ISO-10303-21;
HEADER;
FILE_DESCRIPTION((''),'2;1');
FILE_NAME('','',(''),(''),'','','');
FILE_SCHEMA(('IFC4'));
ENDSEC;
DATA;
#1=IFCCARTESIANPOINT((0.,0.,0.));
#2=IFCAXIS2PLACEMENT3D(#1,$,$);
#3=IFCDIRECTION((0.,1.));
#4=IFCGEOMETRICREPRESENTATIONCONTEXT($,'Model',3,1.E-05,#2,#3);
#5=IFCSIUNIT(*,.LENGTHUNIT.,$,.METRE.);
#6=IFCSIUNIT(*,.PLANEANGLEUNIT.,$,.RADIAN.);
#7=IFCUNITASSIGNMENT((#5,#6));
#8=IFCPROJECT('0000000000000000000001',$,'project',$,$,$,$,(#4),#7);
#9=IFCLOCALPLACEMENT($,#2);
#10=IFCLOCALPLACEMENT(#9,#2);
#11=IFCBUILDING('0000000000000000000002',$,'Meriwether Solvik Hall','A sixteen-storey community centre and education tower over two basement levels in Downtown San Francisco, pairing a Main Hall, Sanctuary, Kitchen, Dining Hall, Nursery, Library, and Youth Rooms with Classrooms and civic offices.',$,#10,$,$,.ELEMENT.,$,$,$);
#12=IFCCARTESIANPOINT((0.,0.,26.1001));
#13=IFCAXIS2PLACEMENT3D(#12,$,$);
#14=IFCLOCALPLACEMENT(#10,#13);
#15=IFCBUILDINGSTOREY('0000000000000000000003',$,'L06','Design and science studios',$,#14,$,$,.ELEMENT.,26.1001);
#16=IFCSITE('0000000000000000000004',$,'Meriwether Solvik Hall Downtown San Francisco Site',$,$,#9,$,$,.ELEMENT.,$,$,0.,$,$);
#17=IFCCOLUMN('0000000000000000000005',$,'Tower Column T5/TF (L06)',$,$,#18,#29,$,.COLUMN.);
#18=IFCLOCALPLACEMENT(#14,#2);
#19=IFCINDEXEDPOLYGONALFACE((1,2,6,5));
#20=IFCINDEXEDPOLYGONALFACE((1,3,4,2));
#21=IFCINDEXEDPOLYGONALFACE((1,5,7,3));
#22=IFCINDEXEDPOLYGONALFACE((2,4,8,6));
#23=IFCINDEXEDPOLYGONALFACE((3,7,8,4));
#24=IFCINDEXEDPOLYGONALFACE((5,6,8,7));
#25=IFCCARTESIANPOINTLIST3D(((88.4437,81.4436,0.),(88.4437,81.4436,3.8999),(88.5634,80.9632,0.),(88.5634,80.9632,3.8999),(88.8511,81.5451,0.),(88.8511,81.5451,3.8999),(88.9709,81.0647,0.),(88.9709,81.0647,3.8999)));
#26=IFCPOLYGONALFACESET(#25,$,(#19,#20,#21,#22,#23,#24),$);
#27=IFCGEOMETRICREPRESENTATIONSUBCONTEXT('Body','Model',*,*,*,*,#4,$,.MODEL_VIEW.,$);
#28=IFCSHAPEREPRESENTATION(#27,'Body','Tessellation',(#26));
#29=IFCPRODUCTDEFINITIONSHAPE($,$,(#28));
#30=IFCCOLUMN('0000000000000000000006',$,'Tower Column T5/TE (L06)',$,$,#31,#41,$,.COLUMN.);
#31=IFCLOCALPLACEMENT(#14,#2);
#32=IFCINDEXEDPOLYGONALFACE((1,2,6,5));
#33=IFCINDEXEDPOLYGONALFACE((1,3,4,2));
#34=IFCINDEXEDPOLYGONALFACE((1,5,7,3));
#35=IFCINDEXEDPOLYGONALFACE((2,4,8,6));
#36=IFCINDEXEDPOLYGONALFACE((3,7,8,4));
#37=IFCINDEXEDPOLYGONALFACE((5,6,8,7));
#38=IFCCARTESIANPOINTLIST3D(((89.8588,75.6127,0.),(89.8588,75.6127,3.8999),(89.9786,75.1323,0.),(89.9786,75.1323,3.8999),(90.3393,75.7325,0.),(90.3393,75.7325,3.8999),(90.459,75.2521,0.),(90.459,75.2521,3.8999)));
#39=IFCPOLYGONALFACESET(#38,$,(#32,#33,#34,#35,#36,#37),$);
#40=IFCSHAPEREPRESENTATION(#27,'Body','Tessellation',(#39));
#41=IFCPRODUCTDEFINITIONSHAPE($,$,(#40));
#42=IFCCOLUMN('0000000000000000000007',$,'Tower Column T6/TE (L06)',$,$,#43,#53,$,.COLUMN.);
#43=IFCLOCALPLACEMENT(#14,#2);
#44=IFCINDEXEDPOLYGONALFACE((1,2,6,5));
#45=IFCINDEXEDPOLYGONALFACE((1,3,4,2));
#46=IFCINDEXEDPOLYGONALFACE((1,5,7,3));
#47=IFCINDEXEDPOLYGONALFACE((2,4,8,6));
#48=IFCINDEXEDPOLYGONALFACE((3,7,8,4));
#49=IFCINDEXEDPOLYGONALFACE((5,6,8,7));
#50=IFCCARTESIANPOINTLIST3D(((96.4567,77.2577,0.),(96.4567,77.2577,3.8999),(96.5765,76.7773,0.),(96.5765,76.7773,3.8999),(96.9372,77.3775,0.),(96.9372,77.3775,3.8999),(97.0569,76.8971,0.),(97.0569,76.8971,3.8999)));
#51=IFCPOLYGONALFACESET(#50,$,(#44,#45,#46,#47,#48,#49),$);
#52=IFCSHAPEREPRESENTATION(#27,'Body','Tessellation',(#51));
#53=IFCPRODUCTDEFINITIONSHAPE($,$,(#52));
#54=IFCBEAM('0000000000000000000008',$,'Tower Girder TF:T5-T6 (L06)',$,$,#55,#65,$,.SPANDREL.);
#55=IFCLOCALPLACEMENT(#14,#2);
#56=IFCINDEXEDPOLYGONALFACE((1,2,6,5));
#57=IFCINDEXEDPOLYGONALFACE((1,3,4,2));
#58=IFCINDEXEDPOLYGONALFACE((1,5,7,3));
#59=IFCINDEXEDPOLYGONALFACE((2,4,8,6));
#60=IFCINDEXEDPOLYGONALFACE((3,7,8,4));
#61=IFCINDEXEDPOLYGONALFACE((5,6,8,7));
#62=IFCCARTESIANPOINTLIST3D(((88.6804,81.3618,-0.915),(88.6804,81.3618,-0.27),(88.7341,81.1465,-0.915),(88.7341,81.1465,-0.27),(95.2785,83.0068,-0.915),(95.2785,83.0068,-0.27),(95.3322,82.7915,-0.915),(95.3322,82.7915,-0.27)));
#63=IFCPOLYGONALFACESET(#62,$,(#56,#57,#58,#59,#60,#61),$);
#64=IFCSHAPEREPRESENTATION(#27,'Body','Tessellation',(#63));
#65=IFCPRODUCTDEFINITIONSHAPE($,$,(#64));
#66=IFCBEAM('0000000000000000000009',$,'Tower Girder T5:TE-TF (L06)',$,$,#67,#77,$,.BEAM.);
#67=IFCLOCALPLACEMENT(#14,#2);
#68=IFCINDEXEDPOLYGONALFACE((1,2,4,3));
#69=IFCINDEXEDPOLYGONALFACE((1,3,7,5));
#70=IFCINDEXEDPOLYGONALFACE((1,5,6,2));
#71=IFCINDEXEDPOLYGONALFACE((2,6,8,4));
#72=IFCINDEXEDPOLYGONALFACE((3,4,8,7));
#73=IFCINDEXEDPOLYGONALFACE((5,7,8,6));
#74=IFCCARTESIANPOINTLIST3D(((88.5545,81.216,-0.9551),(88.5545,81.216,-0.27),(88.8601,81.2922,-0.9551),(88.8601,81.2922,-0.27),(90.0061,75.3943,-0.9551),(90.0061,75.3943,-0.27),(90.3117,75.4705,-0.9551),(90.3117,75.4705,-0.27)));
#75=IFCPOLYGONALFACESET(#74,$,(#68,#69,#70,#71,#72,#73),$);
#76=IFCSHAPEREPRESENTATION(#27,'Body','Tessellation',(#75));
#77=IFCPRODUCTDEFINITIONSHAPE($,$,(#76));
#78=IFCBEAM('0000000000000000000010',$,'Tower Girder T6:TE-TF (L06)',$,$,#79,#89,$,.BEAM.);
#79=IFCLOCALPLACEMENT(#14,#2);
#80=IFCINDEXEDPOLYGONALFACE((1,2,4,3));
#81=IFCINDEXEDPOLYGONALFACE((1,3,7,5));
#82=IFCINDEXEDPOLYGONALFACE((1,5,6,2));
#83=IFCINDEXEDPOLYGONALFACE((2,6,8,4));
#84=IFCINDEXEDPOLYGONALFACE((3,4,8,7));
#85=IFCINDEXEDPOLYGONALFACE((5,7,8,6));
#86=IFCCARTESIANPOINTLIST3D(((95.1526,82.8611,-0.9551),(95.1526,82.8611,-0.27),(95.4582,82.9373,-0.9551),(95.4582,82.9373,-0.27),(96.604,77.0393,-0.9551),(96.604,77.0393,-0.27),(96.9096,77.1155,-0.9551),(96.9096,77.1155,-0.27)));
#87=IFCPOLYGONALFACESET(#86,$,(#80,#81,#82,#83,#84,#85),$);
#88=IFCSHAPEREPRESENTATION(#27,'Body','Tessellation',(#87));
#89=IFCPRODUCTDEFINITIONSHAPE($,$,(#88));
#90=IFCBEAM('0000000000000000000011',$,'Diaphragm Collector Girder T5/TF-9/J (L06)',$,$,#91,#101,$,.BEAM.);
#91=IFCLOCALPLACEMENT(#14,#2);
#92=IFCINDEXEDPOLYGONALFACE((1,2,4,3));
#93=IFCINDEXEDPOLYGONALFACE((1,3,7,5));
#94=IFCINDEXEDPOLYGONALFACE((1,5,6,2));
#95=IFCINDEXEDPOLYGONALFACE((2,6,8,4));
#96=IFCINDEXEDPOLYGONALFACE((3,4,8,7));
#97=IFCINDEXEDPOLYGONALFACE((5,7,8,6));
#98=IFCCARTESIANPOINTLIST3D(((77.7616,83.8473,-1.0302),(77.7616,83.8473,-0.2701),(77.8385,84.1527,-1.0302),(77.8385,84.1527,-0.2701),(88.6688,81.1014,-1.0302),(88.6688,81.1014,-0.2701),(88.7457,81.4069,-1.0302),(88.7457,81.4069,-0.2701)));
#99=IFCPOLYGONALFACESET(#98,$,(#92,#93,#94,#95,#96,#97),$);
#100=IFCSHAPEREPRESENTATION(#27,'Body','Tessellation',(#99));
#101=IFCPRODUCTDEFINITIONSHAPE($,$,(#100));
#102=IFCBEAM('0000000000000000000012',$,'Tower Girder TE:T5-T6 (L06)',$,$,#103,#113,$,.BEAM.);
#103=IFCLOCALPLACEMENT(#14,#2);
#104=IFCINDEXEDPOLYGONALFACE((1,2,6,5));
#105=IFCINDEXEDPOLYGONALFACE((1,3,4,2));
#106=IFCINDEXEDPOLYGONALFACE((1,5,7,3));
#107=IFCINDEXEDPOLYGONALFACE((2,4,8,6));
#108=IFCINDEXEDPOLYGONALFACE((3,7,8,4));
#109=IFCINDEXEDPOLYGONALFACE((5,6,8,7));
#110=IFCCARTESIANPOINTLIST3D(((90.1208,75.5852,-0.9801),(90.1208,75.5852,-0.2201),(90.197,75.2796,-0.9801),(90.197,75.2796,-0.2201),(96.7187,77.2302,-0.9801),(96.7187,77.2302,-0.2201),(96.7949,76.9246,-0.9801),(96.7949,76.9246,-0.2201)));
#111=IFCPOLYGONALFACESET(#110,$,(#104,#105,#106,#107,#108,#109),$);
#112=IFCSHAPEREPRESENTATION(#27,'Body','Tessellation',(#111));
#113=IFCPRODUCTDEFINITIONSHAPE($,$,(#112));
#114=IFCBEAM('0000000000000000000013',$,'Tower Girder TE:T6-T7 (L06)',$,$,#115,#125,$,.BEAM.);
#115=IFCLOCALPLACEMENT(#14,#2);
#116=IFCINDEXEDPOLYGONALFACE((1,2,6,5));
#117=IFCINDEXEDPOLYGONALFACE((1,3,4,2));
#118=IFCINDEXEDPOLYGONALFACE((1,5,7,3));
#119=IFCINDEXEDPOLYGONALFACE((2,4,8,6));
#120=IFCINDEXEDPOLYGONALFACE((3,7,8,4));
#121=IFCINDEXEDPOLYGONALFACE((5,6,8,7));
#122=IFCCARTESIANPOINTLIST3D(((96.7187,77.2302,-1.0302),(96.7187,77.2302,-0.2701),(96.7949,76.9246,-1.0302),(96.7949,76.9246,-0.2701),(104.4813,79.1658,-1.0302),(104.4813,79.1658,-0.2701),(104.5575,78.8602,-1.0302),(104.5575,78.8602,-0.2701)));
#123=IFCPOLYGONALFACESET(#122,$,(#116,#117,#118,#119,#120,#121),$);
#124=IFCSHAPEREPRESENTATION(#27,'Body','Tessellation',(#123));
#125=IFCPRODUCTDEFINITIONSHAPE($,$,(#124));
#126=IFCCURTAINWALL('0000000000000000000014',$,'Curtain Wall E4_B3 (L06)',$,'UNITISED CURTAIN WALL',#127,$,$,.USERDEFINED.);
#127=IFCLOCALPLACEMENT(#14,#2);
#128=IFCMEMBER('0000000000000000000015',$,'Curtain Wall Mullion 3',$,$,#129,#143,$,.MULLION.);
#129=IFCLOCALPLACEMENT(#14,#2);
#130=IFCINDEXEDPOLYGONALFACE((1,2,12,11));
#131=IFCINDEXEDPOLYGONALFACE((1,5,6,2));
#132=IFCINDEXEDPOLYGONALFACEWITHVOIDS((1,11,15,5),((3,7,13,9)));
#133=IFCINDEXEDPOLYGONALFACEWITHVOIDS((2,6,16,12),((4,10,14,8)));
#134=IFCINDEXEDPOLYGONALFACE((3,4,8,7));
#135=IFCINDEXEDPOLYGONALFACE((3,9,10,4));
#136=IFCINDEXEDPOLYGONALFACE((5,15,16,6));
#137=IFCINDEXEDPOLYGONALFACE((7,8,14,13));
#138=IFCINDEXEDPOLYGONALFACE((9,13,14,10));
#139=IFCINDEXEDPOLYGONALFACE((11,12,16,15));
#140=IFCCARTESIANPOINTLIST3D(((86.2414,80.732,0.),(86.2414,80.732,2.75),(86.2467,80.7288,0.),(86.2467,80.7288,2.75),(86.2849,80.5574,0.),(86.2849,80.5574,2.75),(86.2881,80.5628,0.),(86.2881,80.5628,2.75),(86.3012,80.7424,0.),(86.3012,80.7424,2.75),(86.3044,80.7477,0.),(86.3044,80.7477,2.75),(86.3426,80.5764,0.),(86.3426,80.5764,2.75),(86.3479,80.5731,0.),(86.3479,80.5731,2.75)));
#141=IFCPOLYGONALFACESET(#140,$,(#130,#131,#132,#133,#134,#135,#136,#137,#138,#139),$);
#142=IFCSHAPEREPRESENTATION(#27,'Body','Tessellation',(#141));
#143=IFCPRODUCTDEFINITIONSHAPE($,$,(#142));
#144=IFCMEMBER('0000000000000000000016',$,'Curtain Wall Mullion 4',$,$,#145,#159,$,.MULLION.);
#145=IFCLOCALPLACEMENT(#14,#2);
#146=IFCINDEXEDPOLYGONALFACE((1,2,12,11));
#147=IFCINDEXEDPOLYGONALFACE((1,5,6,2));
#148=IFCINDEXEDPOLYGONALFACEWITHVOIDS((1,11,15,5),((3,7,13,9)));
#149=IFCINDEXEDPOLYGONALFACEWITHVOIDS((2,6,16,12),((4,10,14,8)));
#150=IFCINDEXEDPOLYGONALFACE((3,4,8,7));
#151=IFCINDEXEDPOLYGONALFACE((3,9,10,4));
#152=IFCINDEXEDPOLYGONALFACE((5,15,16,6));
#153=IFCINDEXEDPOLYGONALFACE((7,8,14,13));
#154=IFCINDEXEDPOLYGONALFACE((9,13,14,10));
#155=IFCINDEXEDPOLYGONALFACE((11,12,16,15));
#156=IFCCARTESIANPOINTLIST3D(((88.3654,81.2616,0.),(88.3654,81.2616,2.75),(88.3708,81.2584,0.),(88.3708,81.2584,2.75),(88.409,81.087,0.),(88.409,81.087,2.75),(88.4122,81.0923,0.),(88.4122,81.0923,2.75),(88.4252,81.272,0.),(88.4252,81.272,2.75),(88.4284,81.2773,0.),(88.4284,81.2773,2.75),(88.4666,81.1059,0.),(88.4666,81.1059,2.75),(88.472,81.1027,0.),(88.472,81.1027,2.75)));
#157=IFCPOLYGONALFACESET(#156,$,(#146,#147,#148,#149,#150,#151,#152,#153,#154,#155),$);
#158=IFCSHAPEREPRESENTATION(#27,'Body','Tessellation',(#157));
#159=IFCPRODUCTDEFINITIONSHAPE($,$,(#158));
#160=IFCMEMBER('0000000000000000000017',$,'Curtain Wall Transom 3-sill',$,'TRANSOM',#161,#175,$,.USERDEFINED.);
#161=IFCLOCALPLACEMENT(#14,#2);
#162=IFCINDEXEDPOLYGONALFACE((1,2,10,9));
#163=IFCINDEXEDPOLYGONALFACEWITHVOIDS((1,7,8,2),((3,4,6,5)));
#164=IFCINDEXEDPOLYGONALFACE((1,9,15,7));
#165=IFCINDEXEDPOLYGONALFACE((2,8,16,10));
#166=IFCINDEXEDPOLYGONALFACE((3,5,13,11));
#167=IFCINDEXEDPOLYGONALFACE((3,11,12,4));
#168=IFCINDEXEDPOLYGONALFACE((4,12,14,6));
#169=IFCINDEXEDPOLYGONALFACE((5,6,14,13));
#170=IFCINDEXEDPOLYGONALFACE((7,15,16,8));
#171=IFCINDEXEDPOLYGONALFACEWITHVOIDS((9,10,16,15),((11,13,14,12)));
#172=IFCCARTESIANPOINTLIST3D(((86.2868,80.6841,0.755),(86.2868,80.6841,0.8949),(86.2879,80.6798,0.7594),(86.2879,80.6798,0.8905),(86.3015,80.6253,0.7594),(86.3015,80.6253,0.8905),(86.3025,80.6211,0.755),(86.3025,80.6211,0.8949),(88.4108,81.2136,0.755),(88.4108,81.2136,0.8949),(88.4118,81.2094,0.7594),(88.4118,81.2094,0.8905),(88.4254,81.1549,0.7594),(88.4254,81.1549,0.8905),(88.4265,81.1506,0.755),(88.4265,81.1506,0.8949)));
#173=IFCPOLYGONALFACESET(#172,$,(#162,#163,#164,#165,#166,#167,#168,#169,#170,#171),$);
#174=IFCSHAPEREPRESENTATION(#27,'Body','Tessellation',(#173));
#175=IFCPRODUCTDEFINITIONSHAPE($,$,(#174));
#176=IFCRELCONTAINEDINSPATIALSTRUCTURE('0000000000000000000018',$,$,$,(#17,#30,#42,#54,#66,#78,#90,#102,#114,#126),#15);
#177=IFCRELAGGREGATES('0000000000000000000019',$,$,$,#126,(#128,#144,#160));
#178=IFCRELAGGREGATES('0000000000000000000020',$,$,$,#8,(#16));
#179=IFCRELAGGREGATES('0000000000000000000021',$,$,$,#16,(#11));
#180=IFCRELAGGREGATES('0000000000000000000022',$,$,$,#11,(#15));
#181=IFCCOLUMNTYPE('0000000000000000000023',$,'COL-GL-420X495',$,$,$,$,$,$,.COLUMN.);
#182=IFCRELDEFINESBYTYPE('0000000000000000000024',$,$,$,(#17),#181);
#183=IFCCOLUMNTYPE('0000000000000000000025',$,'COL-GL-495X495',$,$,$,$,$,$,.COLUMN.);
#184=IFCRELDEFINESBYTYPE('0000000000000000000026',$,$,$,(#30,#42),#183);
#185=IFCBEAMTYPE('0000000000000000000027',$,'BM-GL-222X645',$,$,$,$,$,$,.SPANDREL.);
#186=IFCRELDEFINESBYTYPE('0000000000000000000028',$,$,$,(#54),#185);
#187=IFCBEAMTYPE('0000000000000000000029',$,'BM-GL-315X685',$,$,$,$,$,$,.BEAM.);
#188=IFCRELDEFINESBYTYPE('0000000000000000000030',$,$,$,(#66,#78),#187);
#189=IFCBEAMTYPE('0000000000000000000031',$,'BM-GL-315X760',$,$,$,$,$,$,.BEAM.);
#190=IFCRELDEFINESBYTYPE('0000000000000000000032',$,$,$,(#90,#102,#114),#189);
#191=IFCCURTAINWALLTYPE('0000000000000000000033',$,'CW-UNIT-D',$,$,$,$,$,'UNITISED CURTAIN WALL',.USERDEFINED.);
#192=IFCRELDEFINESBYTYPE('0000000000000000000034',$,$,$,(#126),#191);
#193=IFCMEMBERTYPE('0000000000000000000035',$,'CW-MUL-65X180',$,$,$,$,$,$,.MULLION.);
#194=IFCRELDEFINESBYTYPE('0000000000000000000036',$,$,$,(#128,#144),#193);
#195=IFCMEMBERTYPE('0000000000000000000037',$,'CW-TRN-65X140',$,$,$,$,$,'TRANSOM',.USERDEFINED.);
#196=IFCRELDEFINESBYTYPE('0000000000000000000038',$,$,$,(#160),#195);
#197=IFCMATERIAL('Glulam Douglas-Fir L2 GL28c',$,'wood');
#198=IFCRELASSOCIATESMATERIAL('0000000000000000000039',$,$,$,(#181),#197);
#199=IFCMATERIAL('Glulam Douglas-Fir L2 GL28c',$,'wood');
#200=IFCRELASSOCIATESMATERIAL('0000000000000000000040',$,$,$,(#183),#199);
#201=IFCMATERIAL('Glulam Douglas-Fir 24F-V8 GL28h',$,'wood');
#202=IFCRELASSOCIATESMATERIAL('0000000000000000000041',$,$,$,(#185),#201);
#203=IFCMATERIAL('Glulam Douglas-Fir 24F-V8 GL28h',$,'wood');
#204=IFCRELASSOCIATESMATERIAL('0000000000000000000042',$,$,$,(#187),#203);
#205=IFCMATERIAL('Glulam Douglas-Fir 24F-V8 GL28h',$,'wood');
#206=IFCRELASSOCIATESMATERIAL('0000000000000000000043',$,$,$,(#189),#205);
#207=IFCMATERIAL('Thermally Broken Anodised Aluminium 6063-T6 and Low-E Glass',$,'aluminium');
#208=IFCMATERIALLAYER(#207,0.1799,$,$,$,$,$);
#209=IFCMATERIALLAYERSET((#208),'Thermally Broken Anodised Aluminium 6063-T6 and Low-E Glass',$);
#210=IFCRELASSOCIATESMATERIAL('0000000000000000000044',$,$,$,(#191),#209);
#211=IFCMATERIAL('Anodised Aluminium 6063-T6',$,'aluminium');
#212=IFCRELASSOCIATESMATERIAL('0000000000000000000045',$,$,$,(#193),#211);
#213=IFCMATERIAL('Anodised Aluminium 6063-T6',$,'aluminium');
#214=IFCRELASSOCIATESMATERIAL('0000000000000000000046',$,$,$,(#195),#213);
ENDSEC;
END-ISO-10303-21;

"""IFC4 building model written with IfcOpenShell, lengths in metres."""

from ifc_helpers import new_model, si_unit, direction, frame, origin, origin_2d, place, context, subcontext, project, spatial, rectangle, hollow_rectangle, extrude, material, layer, layer_set, material_profile, profile_set, type_object, element, aggregate, save


model = new_model("IFC4")

# Units and contexts
model_context = context("Model", 3, precision=1e-05, world=origin(), true_north=direction((0.0, 1.0)))
body_context = subcontext(model_context, "Body", "Model", "MODEL_VIEW")
ifc_project = project(units=[si_unit("LENGTHUNIT", "METRE"), si_unit("PLANEANGLEUNIT", "RADIAN")], contexts=[model_context])

# Site, building, storey
site_placement = place(None, origin())
site = spatial("IfcSite", under=ifc_project, at=site_placement, Name="Meriwether Solvik Hall Downtown San Francisco Site", CompositionType="ELEMENT", RefElevation=0.0)
building_placement = place(site_placement, origin())
building = spatial("IfcBuilding", under=site, at=building_placement, Name="Meriwether Solvik Hall", Description="A sixteen-storey community centre and education tower over two basement levels in Downtown San Francisco, pairing a Main Hall, Sanctuary, Kitchen, Dining Hall, Nursery, Library, and Youth Rooms with Classrooms and civic offices.", CompositionType="ELEMENT")
storey_placement = place(building_placement, frame((0.0, 0.0, 26.1001)))
storey = spatial("IfcBuildingStorey", under=building, at=storey_placement, Name="L06", Description="Design and science studios", CompositionType="ELEMENT", Elevation=26.1001)

# Columns
ifc_material_1 = material(Name="Glulam Douglas-Fir L2 GL28c", Category="wood")
ifc_material_profile_1 = material_profile(ifc_material_1, rectangle(XDim=0.4199, YDim=0.4951, at=origin_2d()), Name="GLC-420X495")
ifc_profile_set_1 = profile_set([ifc_material_profile_1], Name="Glulam Douglas-Fir L2 GL28c")
column_type_1 = type_object("IfcColumnType", Name="COL-GL-420X495", PredefinedType="COLUMN", material=ifc_profile_set_1)
column_placement = place(storey_placement, frame((88.7073, 81.2542, 0.0), z_axis=(0.0, 0.0, 1.0), x_axis=(0.970296, 0.241922, 0.0)))
element("IfcColumn", 1, at=column_placement, inside=storey, type_object=column_type_1, Name="Tower Column T5/TF (L06)", PredefinedType="COLUMN", context=body_context, shape_type="SweptSolid", body=[
    extrude(rectangle(XDim=0.4199, YDim=0.4951, at=origin_2d()), origin(), (0.0, 0.0, 1.0), 3.8999),
])
ifc_material_2 = material(Name="Glulam Douglas-Fir L2 GL28c", Category="wood")
ifc_material_profile_2 = material_profile(ifc_material_2, rectangle(XDim=0.4951, YDim=0.4951, at=origin_2d()), Name="GLC-495X495")
ifc_profile_set_2 = profile_set([ifc_material_profile_2], Name="Glulam Douglas-Fir L2 GL28c")
column_type_2 = type_object("IfcColumnType", Name="COL-GL-495X495", PredefinedType="COLUMN", material=ifc_profile_set_2)
for number, where, z_axis, x_axis, name in (
    (2, (90.1589, 75.4324, 0.0), (0.0, 0.0, 1.0), (0.970296, 0.241922, 0.0), "Tower Column T5/TE (L06)"),
    (3, (96.7568, 77.0774, 0.0), (0.0, 0.0, 1.0), (0.970296, 0.241922, 0.0), "Tower Column T6/TE (L06)"),
):
    element("IfcColumn", number, at=place(storey_placement, frame(where, z_axis=z_axis, x_axis=x_axis)), inside=storey, type_object=column_type_2, Name=name, PredefinedType="COLUMN", context=body_context, shape_type="SweptSolid", body=[
        extrude(rectangle(XDim=0.4951, YDim=0.4951, at=origin_2d()), origin(), (0.0, 0.0, 1.0), 3.8999),
    ])

# Beams
ifc_material_3 = material(Name="Glulam Douglas-Fir 24F-V8 GL28h", Category="wood")
ifc_material_profile_3 = material_profile(ifc_material_3, rectangle(XDim=0.2219, YDim=0.645, at=origin_2d()), Name="GLB-222X645")
ifc_profile_set_3 = profile_set([ifc_material_profile_3], Name="Glulam Douglas-Fir 24F-V8 GL28h")
beam_type_1 = type_object("IfcBeamType", Name="BM-GL-222X645", PredefinedType="SPANDREL", material=ifc_profile_set_3)
beam_1_placement = place(storey_placement, frame((88.7073, 81.2542, -0.5925), z_axis=(0.970299, 0.24191, 0.0), x_axis=(-0.24191, 0.970299, 0.0)))
element("IfcBeam", 4, at=beam_1_placement, inside=storey, type_object=beam_type_1, Name="Tower Girder TF:T5-T6 (L06)", PredefinedType="SPANDREL", context=body_context, shape_type="SweptSolid", body=[
    extrude(rectangle(XDim=0.2219, YDim=0.645, at=origin_2d()), origin(), (0.0, 0.0, 1.0), 6.8),
])
ifc_material_4 = material(Name="Glulam Douglas-Fir 24F-V8 GL28h", Category="wood")
ifc_material_profile_4 = material_profile(ifc_material_4, rectangle(XDim=0.3149, YDim=0.6851, at=origin_2d()), Name="GLB-315X685")
ifc_profile_set_4 = profile_set([ifc_material_profile_4], Name="Glulam Douglas-Fir 24F-V8 GL28h")
beam_type_2 = type_object("IfcBeamType", Name="BM-GL-315X685", PredefinedType="BEAM", material=ifc_profile_set_4)
for number, where, z_axis, x_axis, name in (
    (5, (90.1589, 75.4324, -0.6125), (-0.241942, 0.970291, 0.0), (-0.970291, -0.241942, 0.0), "Tower Girder T5:TE-TF (L06)"),
    (6, (96.7568, 77.0774, -0.6125), (-0.241904, 0.9703, 0.0), (-0.9703, -0.241904, 0.0), "Tower Girder T6:TE-TF (L06)"),
):
    element("IfcBeam", number, at=place(storey_placement, frame(where, z_axis=z_axis, x_axis=x_axis)), inside=storey, type_object=beam_type_2, Name=name, PredefinedType="BEAM", context=body_context, shape_type="SweptSolid", body=[
        extrude(rectangle(XDim=0.3149, YDim=0.6851, at=origin_2d()), origin(), (0.0, 0.0, 1.0), 6.0),
    ])
ifc_material_5 = material(Name="Glulam Douglas-Fir 24F-V8 GL28h", Category="wood")
ifc_material_profile_5 = material_profile(ifc_material_5, rectangle(XDim=0.3149, YDim=0.76, at=origin_2d()), Name="GLB-315X760")
ifc_profile_set_5 = profile_set([ifc_material_profile_5], Name="Glulam Douglas-Fir 24F-V8 GL28h")
beam_type_3 = type_object("IfcBeamType", Name="BM-GL-315X760", PredefinedType="BEAM", material=ifc_profile_set_5)
beam_2_placement = place(storey_placement, frame((88.7073, 81.2542, -0.6501), z_axis=(-0.969743, 0.244129, 0.0), x_axis=(-0.244129, -0.969743, 0.0)))
element("IfcBeam", 7, at=beam_2_placement, inside=storey, type_object=beam_type_3, Name="Diaphragm Collector Girder T5/TF-9/J (L06)", PredefinedType="BEAM", context=body_context, shape_type="SweptSolid", body=[
    extrude(rectangle(XDim=0.3149, YDim=0.76, at=origin_2d()), origin(), (0.0, 0.0, 1.0), 11.2476),
])
beam_3_placement = place(storey_placement, frame((90.1589, 75.4324, -0.6001), z_axis=(0.970296, 0.241919, 0.0), x_axis=(-0.241919, 0.970296, 0.0)))
element("IfcBeam", 8, at=beam_3_placement, inside=storey, type_object=beam_type_3, Name="Tower Girder TE:T5-T6 (L06)", PredefinedType="BEAM", context=body_context, shape_type="SweptSolid", body=[
    extrude(rectangle(XDim=0.3149, YDim=0.76, at=origin_2d()), origin(), (0.0, 0.0, 1.0), 6.7998),
])
beam_4_placement = place(storey_placement, frame((96.7568, 77.0774, -0.6501), z_axis=(0.970291, 0.24194, 0.0), x_axis=(-0.24194, 0.970291, 0.0)))
element("IfcBeam", 9, at=beam_4_placement, inside=storey, type_object=beam_type_3, Name="Tower Girder TE:T6-T7 (L06)", PredefinedType="BEAM", context=body_context, shape_type="SweptSolid", body=[
    extrude(rectangle(XDim=0.3149, YDim=0.76, at=origin_2d()), origin(), (0.0, 0.0, 1.0), 8.0002),
])

# Curtain wall, members
ifc_material_6 = material(Name="Thermally Broken Anodised Aluminium 6063-T6 and Low-E Glass", Category="aluminium")
ifc_layer_1 = layer(ifc_material_6, 0.1799)
ifc_layer_set_1 = layer_set([ifc_layer_1], Name="Thermally Broken Anodised Aluminium 6063-T6 and Low-E Glass")
curtain_wall_type = type_object("IfcCurtainWallType", Name="CW-UNIT-D", ElementType="UNITISED CURTAIN WALL", PredefinedType="USERDEFINED", material=ifc_layer_set_1)
curtain_wall_placement = place(storey_placement, origin())
curtain_wall = element("IfcCurtainWall", 10, at=curtain_wall_placement, inside=storey, type_object=curtain_wall_type, Name="Curtain Wall E4_B3 (L06)", ObjectType="UNITISED CURTAIN WALL", PredefinedType="USERDEFINED")
ifc_material_7 = material(Name="Anodised Aluminium 6063-T6", Category="aluminium")
ifc_material_profile_6 = material_profile(ifc_material_7, hollow_rectangle(XDim=0.0649, YDim=0.1799, WallThickness=0.0044, at=origin_2d()), Name="CWM-65X180")
ifc_profile_set_6 = profile_set([ifc_material_profile_6], Name="Anodised Aluminium 6063-T6")
member_type_1 = type_object("IfcMemberType", Name="CW-MUL-65X180", PredefinedType="MULLION", material=ifc_profile_set_6)
member_1_placement = place(storey_placement, frame((86.2947, 80.6526, 0.0), z_axis=(0.0, 0.0, 1.0), x_axis=(0.970296, 0.241922, 0.0)))
member_1 = element("IfcMember", 11, at=member_1_placement, type_object=member_type_1, Name="Curtain Wall Mullion 3", PredefinedType="MULLION", context=body_context, shape_type="SweptSolid", body=[
    extrude(hollow_rectangle(XDim=0.0649, YDim=0.1799, WallThickness=0.0044, at=origin_2d()), origin(), (0.0, 0.0, 1.0), 2.75),
])
member_2_placement = place(storey_placement, frame((88.4187, 81.1821, 0.0), z_axis=(0.0, 0.0, 1.0), x_axis=(0.970296, 0.241922, 0.0)))
member_2 = element("IfcMember", 12, at=member_2_placement, type_object=member_type_1, Name="Curtain Wall Mullion 4", PredefinedType="MULLION", context=body_context, shape_type="SweptSolid", body=[
    extrude(hollow_rectangle(XDim=0.0649, YDim=0.1799, WallThickness=0.0044, at=origin_2d()), origin(), (0.0, 0.0, 1.0), 2.75),
])
ifc_material_8 = material(Name="Anodised Aluminium 6063-T6", Category="aluminium")
ifc_material_profile_7 = material_profile(ifc_material_8, hollow_rectangle(XDim=0.0649, YDim=0.1399, WallThickness=0.0044, at=origin_2d()), Name="CWT-65X140")
ifc_profile_set_7 = profile_set([ifc_material_profile_7], Name="Anodised Aluminium 6063-T6")
member_type_2 = type_object("IfcMemberType", Name="CW-TRN-65X140", ElementType="TRANSOM", PredefinedType="USERDEFINED", material=ifc_profile_set_7)
member_3_placement = place(storey_placement, frame((86.2947, 80.6526, 0.825), z_axis=(0.9703, 0.241906, 0.0), x_axis=(-0.241906, 0.9703, 0.0)))
member_3 = element("IfcMember", 13, at=member_3_placement, type_object=member_type_2, Name="Curtain Wall Transom 3-sill", ObjectType="TRANSOM", PredefinedType="USERDEFINED", context=body_context, shape_type="SweptSolid", body=[
    extrude(hollow_rectangle(XDim=0.0649, YDim=0.1399, WallThickness=0.0044, at=origin_2d()), origin(), (0.0, 0.0, 1.0), 2.189),
])

aggregate(curtain_wall, [member_1, member_2, member_3])

save(model, "model.ifc")
